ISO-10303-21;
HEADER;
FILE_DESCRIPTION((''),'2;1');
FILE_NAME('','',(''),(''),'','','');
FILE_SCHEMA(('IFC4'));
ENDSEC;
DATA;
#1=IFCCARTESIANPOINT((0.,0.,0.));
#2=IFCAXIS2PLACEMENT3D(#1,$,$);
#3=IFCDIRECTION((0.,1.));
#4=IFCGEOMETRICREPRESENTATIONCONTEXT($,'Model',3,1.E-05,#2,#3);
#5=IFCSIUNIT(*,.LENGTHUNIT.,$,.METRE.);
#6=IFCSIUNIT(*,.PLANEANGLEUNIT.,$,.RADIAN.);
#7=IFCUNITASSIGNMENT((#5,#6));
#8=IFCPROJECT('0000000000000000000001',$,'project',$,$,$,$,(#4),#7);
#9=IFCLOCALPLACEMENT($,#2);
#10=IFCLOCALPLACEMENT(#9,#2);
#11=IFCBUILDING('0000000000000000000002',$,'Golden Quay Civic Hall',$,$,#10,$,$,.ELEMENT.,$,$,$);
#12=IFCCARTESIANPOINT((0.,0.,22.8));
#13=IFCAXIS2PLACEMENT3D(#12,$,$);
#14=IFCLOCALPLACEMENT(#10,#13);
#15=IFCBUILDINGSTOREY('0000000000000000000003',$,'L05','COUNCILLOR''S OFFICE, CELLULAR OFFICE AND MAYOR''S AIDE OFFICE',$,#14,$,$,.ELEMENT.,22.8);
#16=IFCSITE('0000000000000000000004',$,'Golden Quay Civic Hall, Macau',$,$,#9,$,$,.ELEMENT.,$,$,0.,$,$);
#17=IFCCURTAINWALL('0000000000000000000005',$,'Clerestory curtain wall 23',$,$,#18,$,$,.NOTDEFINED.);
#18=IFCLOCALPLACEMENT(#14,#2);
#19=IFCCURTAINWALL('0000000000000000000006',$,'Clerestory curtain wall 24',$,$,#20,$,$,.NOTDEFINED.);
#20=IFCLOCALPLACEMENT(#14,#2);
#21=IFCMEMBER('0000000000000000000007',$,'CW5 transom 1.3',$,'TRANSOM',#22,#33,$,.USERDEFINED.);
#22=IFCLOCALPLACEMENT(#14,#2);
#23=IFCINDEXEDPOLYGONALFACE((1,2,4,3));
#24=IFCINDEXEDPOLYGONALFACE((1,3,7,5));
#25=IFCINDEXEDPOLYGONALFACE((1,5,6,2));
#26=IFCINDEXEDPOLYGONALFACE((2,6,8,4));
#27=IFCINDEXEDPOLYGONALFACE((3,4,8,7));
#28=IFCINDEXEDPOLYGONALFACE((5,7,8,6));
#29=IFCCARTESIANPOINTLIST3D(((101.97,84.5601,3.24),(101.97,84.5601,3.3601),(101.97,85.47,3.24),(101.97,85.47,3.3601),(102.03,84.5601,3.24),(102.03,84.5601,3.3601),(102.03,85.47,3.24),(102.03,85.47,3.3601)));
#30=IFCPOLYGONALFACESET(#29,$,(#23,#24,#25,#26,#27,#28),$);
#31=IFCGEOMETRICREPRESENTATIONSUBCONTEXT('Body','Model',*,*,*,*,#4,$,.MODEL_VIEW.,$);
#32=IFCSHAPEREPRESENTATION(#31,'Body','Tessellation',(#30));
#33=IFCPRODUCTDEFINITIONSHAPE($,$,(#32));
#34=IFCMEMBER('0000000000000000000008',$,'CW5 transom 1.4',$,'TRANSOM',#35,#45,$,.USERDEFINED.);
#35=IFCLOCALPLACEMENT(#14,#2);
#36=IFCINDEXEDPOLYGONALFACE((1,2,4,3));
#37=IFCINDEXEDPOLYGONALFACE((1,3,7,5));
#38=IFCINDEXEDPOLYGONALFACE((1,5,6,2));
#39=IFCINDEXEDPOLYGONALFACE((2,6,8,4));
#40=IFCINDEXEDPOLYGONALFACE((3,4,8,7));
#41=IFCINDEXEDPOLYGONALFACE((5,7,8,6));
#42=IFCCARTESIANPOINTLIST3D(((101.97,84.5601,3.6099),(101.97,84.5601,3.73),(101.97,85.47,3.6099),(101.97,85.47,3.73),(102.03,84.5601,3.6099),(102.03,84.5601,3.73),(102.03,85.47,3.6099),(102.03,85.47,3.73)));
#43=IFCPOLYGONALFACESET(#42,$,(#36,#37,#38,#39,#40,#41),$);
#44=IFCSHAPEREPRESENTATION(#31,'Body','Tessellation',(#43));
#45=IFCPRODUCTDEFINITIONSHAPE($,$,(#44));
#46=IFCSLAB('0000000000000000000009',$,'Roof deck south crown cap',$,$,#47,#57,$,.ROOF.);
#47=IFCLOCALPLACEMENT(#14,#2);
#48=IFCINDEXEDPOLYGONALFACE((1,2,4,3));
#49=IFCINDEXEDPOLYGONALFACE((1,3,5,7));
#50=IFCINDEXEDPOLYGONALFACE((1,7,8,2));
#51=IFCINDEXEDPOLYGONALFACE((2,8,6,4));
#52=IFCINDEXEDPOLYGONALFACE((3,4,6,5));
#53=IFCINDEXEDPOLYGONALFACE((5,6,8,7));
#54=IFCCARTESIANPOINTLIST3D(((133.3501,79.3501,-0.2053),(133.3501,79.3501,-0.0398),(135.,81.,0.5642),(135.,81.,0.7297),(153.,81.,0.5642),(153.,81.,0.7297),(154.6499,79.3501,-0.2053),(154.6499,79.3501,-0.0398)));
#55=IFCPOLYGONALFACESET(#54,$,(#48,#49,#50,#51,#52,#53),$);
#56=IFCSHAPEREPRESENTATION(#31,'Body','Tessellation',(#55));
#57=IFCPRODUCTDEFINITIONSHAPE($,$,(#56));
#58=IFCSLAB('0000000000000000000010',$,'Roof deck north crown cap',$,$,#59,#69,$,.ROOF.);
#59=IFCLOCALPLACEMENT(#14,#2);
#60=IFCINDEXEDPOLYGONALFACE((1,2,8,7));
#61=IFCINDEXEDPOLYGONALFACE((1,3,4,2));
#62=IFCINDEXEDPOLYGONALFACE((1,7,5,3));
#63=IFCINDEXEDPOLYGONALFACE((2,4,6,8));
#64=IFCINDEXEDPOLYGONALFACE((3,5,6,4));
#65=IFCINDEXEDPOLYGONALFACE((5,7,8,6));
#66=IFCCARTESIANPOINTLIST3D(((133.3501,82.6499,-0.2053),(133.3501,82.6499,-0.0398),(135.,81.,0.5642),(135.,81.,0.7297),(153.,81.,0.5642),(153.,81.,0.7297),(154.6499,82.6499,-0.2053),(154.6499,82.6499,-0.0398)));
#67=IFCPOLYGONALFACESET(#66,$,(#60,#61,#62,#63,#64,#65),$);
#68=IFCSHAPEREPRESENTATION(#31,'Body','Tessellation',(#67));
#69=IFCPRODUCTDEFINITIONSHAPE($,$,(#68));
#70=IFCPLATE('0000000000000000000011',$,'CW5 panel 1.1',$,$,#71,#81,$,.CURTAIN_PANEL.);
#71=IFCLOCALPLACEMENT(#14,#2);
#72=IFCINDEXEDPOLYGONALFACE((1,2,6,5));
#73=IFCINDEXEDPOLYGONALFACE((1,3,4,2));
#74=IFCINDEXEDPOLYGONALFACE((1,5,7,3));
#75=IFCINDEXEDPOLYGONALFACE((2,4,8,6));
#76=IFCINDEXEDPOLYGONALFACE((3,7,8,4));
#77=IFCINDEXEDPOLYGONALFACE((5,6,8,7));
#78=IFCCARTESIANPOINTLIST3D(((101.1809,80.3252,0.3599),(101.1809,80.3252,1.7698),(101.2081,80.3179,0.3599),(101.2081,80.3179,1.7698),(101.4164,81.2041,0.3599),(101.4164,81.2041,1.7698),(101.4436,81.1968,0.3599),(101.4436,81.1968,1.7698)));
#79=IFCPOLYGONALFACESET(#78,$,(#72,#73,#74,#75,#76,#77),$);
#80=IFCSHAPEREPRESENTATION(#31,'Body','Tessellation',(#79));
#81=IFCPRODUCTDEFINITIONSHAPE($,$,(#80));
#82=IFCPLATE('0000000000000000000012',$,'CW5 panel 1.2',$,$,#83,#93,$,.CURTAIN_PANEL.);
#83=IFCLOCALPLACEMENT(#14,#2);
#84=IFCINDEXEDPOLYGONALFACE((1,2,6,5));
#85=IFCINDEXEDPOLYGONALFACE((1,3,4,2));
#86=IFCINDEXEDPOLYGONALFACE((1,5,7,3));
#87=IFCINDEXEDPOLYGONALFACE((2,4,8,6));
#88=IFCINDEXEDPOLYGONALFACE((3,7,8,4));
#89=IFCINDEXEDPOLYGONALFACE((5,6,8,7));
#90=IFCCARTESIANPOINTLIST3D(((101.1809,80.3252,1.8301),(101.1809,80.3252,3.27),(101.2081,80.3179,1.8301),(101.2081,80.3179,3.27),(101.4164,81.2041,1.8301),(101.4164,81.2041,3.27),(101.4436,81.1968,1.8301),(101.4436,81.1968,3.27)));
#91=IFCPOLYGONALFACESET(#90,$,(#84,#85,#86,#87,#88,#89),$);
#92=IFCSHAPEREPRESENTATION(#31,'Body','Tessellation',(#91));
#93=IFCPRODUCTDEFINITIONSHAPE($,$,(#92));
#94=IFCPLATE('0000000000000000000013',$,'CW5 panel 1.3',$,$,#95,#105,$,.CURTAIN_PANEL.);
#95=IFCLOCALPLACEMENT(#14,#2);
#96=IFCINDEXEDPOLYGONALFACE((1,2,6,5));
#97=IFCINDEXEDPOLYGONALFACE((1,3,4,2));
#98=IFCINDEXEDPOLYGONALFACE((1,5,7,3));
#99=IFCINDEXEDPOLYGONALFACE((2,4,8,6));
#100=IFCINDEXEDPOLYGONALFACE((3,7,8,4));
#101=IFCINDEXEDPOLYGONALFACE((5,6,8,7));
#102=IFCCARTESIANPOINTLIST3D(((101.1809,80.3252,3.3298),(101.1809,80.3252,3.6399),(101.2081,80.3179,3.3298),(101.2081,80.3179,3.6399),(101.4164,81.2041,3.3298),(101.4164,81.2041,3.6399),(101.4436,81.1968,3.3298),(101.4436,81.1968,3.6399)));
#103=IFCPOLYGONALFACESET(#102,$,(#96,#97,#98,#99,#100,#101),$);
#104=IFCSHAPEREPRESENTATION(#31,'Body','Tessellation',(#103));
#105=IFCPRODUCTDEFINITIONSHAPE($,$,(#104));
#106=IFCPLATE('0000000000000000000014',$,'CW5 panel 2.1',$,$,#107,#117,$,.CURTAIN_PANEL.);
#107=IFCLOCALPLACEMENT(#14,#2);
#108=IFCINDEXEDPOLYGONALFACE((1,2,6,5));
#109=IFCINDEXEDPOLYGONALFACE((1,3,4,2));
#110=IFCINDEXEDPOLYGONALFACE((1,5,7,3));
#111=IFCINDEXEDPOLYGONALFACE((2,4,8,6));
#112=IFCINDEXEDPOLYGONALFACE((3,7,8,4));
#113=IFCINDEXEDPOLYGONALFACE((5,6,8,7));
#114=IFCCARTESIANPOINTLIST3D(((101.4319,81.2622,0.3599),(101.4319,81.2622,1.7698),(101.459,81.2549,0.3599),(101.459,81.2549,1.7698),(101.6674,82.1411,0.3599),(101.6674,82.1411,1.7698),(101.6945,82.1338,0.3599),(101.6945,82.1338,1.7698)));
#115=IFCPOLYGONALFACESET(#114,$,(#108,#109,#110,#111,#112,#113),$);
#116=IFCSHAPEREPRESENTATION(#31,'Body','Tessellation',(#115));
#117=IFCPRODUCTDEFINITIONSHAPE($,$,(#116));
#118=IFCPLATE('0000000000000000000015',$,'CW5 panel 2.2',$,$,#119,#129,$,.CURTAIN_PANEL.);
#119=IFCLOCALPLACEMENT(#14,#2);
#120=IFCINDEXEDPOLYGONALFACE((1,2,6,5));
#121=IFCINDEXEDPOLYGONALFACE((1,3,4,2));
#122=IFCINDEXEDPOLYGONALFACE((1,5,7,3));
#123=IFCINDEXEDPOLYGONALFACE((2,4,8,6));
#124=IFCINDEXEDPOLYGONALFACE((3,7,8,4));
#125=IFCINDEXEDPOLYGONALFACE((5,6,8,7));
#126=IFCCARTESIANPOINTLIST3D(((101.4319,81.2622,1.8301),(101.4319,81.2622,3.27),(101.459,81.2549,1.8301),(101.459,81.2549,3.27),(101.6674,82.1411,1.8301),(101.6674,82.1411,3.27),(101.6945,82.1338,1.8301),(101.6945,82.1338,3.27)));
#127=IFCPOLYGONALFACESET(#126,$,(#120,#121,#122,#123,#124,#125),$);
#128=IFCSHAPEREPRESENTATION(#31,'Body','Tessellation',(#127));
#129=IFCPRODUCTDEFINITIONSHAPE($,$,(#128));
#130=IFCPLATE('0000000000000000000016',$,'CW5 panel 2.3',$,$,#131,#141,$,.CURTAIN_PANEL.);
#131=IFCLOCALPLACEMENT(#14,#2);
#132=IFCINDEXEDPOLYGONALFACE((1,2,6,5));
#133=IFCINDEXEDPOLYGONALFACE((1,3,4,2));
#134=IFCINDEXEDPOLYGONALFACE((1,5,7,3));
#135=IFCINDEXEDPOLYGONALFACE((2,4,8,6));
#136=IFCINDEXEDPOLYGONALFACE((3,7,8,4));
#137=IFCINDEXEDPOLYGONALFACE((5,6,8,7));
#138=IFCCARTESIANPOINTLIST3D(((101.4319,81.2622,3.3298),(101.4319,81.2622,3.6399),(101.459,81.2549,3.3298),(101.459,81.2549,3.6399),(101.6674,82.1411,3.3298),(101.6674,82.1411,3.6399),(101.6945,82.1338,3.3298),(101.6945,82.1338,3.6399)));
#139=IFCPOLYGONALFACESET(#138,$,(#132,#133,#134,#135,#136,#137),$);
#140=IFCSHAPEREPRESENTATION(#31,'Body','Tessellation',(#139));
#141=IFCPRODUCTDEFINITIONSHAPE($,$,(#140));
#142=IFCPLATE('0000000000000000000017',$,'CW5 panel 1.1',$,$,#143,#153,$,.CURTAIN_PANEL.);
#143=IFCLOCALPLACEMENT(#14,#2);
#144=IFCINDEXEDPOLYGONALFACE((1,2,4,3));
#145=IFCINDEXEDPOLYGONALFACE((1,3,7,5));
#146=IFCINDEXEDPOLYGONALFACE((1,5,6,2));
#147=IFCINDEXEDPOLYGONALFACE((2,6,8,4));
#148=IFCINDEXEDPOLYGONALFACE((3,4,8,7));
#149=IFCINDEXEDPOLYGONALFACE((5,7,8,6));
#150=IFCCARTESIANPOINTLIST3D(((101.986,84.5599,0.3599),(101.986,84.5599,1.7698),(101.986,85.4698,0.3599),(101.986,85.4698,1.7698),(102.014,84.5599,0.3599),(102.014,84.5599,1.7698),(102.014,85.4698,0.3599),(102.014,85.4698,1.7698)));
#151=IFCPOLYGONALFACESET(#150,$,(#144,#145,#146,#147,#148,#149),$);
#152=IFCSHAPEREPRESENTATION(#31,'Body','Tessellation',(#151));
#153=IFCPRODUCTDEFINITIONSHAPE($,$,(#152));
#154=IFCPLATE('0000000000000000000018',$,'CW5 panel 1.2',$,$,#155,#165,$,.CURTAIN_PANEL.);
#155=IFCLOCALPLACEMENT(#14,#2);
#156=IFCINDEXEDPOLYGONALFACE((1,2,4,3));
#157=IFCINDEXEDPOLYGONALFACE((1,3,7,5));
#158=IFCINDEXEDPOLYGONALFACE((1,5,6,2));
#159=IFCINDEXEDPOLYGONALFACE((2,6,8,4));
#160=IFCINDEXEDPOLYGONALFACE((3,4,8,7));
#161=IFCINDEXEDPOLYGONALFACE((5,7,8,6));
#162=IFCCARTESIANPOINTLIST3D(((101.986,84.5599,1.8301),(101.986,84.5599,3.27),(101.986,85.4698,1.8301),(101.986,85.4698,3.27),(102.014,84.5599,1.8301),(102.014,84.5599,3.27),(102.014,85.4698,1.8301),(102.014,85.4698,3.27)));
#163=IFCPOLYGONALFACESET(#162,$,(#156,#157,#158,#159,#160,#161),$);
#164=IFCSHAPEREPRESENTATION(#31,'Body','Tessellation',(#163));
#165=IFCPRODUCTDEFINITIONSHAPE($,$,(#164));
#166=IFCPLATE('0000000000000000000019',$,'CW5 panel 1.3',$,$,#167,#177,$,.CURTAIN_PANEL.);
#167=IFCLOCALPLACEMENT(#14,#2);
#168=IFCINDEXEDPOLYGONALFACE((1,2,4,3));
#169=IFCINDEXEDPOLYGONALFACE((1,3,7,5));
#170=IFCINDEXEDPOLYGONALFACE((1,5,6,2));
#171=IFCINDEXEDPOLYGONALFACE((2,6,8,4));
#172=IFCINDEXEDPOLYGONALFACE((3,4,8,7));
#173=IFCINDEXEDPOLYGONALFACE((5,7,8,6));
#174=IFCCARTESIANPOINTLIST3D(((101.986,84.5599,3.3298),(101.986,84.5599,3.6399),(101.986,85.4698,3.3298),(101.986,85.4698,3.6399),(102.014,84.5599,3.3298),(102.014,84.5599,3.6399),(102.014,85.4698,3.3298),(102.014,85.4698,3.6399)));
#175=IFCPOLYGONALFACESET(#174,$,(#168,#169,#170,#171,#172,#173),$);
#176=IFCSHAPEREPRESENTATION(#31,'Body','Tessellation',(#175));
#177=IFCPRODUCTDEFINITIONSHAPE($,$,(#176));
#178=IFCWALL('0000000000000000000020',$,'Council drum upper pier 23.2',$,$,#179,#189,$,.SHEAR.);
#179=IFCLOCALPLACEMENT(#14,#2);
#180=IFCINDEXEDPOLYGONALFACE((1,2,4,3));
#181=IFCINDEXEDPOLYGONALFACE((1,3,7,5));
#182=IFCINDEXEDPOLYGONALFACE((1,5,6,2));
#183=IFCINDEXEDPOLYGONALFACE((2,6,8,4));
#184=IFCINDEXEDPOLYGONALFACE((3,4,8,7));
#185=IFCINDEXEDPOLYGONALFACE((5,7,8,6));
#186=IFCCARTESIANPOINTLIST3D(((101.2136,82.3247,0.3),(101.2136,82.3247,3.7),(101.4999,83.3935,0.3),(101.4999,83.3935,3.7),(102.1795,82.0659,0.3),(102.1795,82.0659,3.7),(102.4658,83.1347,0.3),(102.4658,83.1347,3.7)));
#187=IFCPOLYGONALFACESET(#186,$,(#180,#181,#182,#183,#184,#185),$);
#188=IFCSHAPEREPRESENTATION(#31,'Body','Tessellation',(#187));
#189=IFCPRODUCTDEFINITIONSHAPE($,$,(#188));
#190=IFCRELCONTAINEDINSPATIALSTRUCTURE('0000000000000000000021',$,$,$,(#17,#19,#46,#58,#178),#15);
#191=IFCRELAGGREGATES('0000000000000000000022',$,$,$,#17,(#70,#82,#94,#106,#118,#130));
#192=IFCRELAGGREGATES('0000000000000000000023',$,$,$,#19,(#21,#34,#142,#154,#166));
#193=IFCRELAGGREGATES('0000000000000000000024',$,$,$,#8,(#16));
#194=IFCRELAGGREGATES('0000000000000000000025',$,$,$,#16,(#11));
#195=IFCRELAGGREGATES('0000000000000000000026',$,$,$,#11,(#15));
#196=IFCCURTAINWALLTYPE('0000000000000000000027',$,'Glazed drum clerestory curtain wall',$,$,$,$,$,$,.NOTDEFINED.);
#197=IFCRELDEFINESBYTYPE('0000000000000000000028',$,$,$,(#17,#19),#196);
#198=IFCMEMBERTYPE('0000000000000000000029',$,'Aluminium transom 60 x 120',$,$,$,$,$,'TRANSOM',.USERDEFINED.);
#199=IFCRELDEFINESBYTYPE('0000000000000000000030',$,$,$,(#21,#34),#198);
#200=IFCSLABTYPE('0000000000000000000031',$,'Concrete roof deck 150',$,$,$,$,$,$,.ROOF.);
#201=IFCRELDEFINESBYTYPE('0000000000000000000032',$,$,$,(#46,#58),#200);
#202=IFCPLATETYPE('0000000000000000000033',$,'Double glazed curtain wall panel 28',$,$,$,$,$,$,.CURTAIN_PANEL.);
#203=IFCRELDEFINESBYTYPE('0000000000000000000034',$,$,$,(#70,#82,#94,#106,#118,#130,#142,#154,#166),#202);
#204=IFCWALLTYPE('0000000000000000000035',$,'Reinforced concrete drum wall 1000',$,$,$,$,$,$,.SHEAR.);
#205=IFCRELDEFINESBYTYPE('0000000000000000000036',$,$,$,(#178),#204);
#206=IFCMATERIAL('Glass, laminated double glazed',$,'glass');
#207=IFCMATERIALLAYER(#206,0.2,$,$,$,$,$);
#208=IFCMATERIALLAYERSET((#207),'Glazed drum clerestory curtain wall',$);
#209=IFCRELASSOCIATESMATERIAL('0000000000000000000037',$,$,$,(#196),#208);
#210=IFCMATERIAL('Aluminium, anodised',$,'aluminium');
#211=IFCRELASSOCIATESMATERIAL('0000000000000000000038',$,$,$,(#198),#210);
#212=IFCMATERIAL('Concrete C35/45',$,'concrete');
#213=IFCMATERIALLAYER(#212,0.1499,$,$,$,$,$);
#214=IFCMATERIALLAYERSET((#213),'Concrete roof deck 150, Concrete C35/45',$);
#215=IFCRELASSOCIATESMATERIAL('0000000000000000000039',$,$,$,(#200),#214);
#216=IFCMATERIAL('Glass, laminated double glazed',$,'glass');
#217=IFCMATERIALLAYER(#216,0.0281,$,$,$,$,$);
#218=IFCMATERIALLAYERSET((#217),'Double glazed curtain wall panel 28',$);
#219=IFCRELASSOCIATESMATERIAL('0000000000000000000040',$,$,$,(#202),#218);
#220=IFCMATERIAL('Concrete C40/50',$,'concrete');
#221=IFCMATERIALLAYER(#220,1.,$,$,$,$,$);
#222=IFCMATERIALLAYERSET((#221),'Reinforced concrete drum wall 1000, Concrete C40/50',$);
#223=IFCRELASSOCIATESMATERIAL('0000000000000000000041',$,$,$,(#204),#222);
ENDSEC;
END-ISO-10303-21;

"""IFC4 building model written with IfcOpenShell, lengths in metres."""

from ifc_helpers import new_model, si_unit, direction, frame, frame_2d, origin, origin_2d, place, context, subcontext, project, spatial, polyline, rectangle, outline, extrude, material, layer, layer_set, material_profile, profile_set, type_object, element, aggregate, save


model = new_model("IFC4")

# Units and contexts
model_context = context("Model", 3, precision=1e-05, world=origin(), true_north=direction((0.0, 1.0)))
body_context = subcontext(model_context, "Body", "Model", "MODEL_VIEW")
ifc_project = project(units=[si_unit("LENGTHUNIT", "METRE"), si_unit("PLANEANGLEUNIT", "RADIAN")], contexts=[model_context])

# Site, building, storey
site_placement = place(None, origin())
site = spatial("IfcSite", under=ifc_project, at=site_placement, Name="Golden Quay Civic Hall, Macau", CompositionType="ELEMENT", RefElevation=0.0)
building_placement = place(site_placement, origin())
building = spatial("IfcBuilding", under=site, at=building_placement, Name="Golden Quay Civic Hall", CompositionType="ELEMENT")
storey_placement = place(building_placement, frame((0.0, 0.0, 22.8)))
storey = spatial("IfcBuildingStorey", under=building, at=storey_placement, Name="L05", Description="COUNCILLOR'S OFFICE, CELLULAR OFFICE AND MAYOR'S AIDE OFFICE", CompositionType="ELEMENT", Elevation=22.8)

# Curtain wall
ifc_material_1 = material(Name="Glass, laminated double glazed", Category="glass")
ifc_layer_1 = layer(ifc_material_1, 0.2)
ifc_layer_set_1 = layer_set([ifc_layer_1], Name="Glazed drum clerestory curtain wall")
curtain_wall_type = type_object("IfcCurtainWallType", Name="Glazed drum clerestory curtain wall", PredefinedType="NOTDEFINED", material=ifc_layer_set_1)
curtain_wall_1_placement = place(storey_placement, origin())
curtain_wall_1 = element("IfcCurtainWall", 1, at=curtain_wall_1_placement, inside=storey, type_object=curtain_wall_type, Name="Clerestory curtain wall 23", PredefinedType="NOTDEFINED")

# Curtain wall
curtain_wall_2_placement = place(storey_placement, origin())
curtain_wall_2 = element("IfcCurtainWall", 2, at=curtain_wall_2_placement, inside=storey, type_object=curtain_wall_type, Name="Clerestory curtain wall 24", PredefinedType="NOTDEFINED")

# Members
ifc_material_2 = material(Name="Aluminium, anodised", Category="aluminium")
ifc_material_profile_1 = material_profile(ifc_material_2, rectangle(XDim=0.0601, YDim=0.1201, at=origin_2d()), Name="Aluminium 60 x 120")
ifc_profile_set_1 = profile_set([ifc_material_profile_1], Name="Aluminium, anodised")
member_type_1 = type_object("IfcMemberType", Name="Aluminium transom 60 x 120", ElementType="TRANSOM", PredefinedType="USERDEFINED", material=ifc_profile_set_1)
member_1_placement = place(storey_placement, frame((102.0, 84.5601, 3.3), z_axis=(0.0, 1.0, 0.0), x_axis=(-1.0, 0.0, 0.0)))
member_1 = element("IfcMember", 3, at=member_1_placement, type_object=member_type_1, Name="CW5 transom 1.3", ObjectType="TRANSOM", PredefinedType="USERDEFINED", context=body_context, shape_type="SweptSolid", body=[
    extrude(rectangle(XDim=0.0601, YDim=0.1201, at=origin_2d()), origin(), (0.0, 0.0, 1.0), 0.9099),
])
member_2_placement = place(storey_placement, frame((102.0, 84.5601, 3.6699), z_axis=(0.0, 1.0, 0.0), x_axis=(-1.0, 0.0, 0.0)))
member_2 = element("IfcMember", 4, at=member_2_placement, type_object=member_type_1, Name="CW5 transom 1.4", ObjectType="TRANSOM", PredefinedType="USERDEFINED", context=body_context, shape_type="SweptSolid", body=[
    extrude(rectangle(XDim=0.0601, YDim=0.1201, at=origin_2d()), origin(), (0.0, 0.0, 1.0), 0.9099),
])

# Slabs
ifc_material_3 = material(Name="Concrete C35/45", Category="concrete")
ifc_layer_2 = layer(ifc_material_3, 0.1499)
ifc_layer_set_2 = layer_set([ifc_layer_2], Name="Concrete roof deck 150, Concrete C35/45")
slab_type = type_object("IfcSlabType", Name="Concrete roof deck 150", PredefinedType="ROOF", material=ifc_layer_set_2)
slab_1_placement = place(storey_placement, frame((133.3501, 79.3501, -0.0398), z_axis=(0.0, -0.422695, 0.906272), x_axis=(1.0, 0.0, 0.0)))
element("IfcSlab", 5, at=slab_1_placement, inside=storey, type_object=slab_type, Name="Roof deck south crown cap", PredefinedType="ROOF", context=body_context, shape_type="SweptSolid", body=[
    extrude(outline(polyline([(0.0, 0.0), (21.2998, 0.0), (19.6499, 1.8205), (1.6499, 1.8205), (0.0, 0.0)])), origin(), (0.0, -0.422695, -0.906272), 0.1655),
])
slab_2_placement = place(storey_placement, frame((135.0, 81.0, 0.7297), z_axis=(0.0, 0.422695, 0.906272), x_axis=(1.0, 0.0, 0.0)))
element("IfcSlab", 6, at=slab_2_placement, inside=storey, type_object=slab_type, Name="Roof deck north crown cap", PredefinedType="ROOF", context=body_context, shape_type="SweptSolid", body=[
    extrude(outline(polyline([(0.0, 0.0), (18.0, 0.0), (19.6499, 1.8205), (-1.6499, 1.8205), (0.0, 0.0)])), origin(), (0.0, 0.422695, -0.906272), 0.1655),
])

# Plates
ifc_material_4 = material(Name="Glass, laminated double glazed", Category="glass")
ifc_layer_3 = layer(ifc_material_4, 0.0281)
ifc_layer_set_3 = layer_set([ifc_layer_3], Name="Double glazed curtain wall panel 28")
plate_type = type_object("IfcPlateType", Name="Double glazed curtain wall panel 28", PredefinedType="CURTAIN_PANEL", material=ifc_layer_set_3)
plate_1_placement = place(storey_placement, frame((101.3123, 80.761, 0.3599), z_axis=(0.0, 0.0, 1.0), x_axis=(0.258808, 0.965929, 0.0)))
plate_1 = element("IfcPlate", 7, at=plate_1_placement, type_object=plate_type, Name="CW5 panel 1.1", PredefinedType="CURTAIN_PANEL", context=body_context, shape_type="SweptSolid", body=[
    extrude(rectangle(XDim=0.9099, YDim=0.0281, at=origin_2d()), origin(), (0.0, 0.0, 1.0), 1.4099),
])
plate_2_placement = place(storey_placement, frame((101.3123, 80.761, 1.8301), z_axis=(0.0, 0.0, 1.0), x_axis=(0.258808, 0.965929, 0.0)))
plate_2 = element("IfcPlate", 8, at=plate_2_placement, type_object=plate_type, Name="CW5 panel 1.2", PredefinedType="CURTAIN_PANEL", context=body_context, shape_type="SweptSolid", body=[
    extrude(rectangle(XDim=0.9099, YDim=0.0281, at=origin_2d()), origin(), (0.0, 0.0, 1.0), 1.4399),
])
plate_3_placement = place(storey_placement, frame((101.3123, 80.761, 3.3298), z_axis=(0.0, 0.0, 1.0), x_axis=(0.258808, 0.965929, 0.0)))
plate_3 = element("IfcPlate", 9, at=plate_3_placement, type_object=plate_type, Name="CW5 panel 1.3", PredefinedType="CURTAIN_PANEL", context=body_context, shape_type="SweptSolid", body=[
    extrude(rectangle(XDim=0.9099, YDim=0.0281, at=origin_2d()), origin(), (0.0, 0.0, 1.0), 0.3101),
])
plate_4_placement = place(storey_placement, frame((101.5632, 81.698, 0.3599), z_axis=(0.0, 0.0, 1.0), x_axis=(0.258808, 0.965929, 0.0)))
plate_4 = element("IfcPlate", 10, at=plate_4_placement, type_object=plate_type, Name="CW5 panel 2.1", PredefinedType="CURTAIN_PANEL", context=body_context, shape_type="SweptSolid", body=[
    extrude(rectangle(XDim=0.9099, YDim=0.0281, at=origin_2d()), origin(), (0.0, 0.0, 1.0), 1.4099),
])
plate_5_placement = place(storey_placement, frame((101.5632, 81.698, 1.8301), z_axis=(0.0, 0.0, 1.0), x_axis=(0.258808, 0.965929, 0.0)))
plate_5 = element("IfcPlate", 11, at=plate_5_placement, type_object=plate_type, Name="CW5 panel 2.2", PredefinedType="CURTAIN_PANEL", context=body_context, shape_type="SweptSolid", body=[
    extrude(rectangle(XDim=0.9099, YDim=0.0281, at=origin_2d()), origin(), (0.0, 0.0, 1.0), 1.4399),
])
plate_6_placement = place(storey_placement, frame((101.5632, 81.698, 3.3298), z_axis=(0.0, 0.0, 1.0), x_axis=(0.258808, 0.965929, 0.0)))
plate_6 = element("IfcPlate", 12, at=plate_6_placement, type_object=plate_type, Name="CW5 panel 2.3", PredefinedType="CURTAIN_PANEL", context=body_context, shape_type="SweptSolid", body=[
    extrude(rectangle(XDim=0.9099, YDim=0.0281, at=origin_2d()), origin(), (0.0, 0.0, 1.0), 0.3101),
])
aggregate(curtain_wall_1, [plate_1, plate_2, plate_3, plate_4, plate_5, plate_6])
plate_7_placement = place(storey_placement, frame((102.0, 85.0149, 0.3599), z_axis=(0.0, 0.0, 1.0), x_axis=(0.0, 1.0, 0.0)))
plate_7 = element("IfcPlate", 13, at=plate_7_placement, type_object=plate_type, Name="CW5 panel 1.1", PredefinedType="CURTAIN_PANEL", context=body_context, shape_type="SweptSolid", body=[
    extrude(rectangle(XDim=0.9099, YDim=0.0281, at=origin_2d()), origin(), (0.0, 0.0, 1.0), 1.4099),
])
plate_8_placement = place(storey_placement, frame((102.0, 85.0149, 1.8301), z_axis=(0.0, 0.0, 1.0), x_axis=(0.0, 1.0, 0.0)))
plate_8 = element("IfcPlate", 14, at=plate_8_placement, type_object=plate_type, Name="CW5 panel 1.2", PredefinedType="CURTAIN_PANEL", context=body_context, shape_type="SweptSolid", body=[
    extrude(rectangle(XDim=0.9099, YDim=0.0281, at=origin_2d()), origin(), (0.0, 0.0, 1.0), 1.4399),
])
plate_9_placement = place(storey_placement, frame((102.0, 85.0149, 3.3298), z_axis=(0.0, 0.0, 1.0), x_axis=(0.0, 1.0, 0.0)))
plate_9 = element("IfcPlate", 15, at=plate_9_placement, type_object=plate_type, Name="CW5 panel 1.3", PredefinedType="CURTAIN_PANEL", context=body_context, shape_type="SweptSolid", body=[
    extrude(rectangle(XDim=0.9099, YDim=0.0281, at=origin_2d()), origin(), (0.0, 0.0, 1.0), 0.3101),
])
aggregate(curtain_wall_2, [member_1, member_2, plate_7, plate_8, plate_9])

# Wall
ifc_material_5 = material(Name="Concrete C40/50", Category="concrete")
ifc_layer_4 = layer(ifc_material_5, 1.0)
ifc_layer_set_4 = layer_set([ifc_layer_4], Name="Reinforced concrete drum wall 1000, Concrete C40/50")
wall_type_1 = type_object("IfcWallType", Name="Reinforced concrete drum wall 1000", PredefinedType="SHEAR", material=ifc_layer_set_4)
for number, where, z_axis, x_axis, name in (
    (16, (101.6965, 82.1953, 0.3), (0.0, 0.0, 1.0), (0.258802, 0.96593, 0.0), "Council drum upper pier 23.2"),
):
    element("IfcWall", number, at=place(storey_placement, frame(where, z_axis=z_axis, x_axis=x_axis)), inside=storey, type_object=wall_type_1, Name=name, PredefinedType="SHEAR", context=body_context, shape_type="SweptSolid", body=[
        extrude(rectangle(XDim=1.1064, YDim=1.0, at=frame_2d((0.5532, 0.0))), origin(), (0.0, 0.0, 1.0), 3.3999),
    ])

save(model, "model.ifc")
